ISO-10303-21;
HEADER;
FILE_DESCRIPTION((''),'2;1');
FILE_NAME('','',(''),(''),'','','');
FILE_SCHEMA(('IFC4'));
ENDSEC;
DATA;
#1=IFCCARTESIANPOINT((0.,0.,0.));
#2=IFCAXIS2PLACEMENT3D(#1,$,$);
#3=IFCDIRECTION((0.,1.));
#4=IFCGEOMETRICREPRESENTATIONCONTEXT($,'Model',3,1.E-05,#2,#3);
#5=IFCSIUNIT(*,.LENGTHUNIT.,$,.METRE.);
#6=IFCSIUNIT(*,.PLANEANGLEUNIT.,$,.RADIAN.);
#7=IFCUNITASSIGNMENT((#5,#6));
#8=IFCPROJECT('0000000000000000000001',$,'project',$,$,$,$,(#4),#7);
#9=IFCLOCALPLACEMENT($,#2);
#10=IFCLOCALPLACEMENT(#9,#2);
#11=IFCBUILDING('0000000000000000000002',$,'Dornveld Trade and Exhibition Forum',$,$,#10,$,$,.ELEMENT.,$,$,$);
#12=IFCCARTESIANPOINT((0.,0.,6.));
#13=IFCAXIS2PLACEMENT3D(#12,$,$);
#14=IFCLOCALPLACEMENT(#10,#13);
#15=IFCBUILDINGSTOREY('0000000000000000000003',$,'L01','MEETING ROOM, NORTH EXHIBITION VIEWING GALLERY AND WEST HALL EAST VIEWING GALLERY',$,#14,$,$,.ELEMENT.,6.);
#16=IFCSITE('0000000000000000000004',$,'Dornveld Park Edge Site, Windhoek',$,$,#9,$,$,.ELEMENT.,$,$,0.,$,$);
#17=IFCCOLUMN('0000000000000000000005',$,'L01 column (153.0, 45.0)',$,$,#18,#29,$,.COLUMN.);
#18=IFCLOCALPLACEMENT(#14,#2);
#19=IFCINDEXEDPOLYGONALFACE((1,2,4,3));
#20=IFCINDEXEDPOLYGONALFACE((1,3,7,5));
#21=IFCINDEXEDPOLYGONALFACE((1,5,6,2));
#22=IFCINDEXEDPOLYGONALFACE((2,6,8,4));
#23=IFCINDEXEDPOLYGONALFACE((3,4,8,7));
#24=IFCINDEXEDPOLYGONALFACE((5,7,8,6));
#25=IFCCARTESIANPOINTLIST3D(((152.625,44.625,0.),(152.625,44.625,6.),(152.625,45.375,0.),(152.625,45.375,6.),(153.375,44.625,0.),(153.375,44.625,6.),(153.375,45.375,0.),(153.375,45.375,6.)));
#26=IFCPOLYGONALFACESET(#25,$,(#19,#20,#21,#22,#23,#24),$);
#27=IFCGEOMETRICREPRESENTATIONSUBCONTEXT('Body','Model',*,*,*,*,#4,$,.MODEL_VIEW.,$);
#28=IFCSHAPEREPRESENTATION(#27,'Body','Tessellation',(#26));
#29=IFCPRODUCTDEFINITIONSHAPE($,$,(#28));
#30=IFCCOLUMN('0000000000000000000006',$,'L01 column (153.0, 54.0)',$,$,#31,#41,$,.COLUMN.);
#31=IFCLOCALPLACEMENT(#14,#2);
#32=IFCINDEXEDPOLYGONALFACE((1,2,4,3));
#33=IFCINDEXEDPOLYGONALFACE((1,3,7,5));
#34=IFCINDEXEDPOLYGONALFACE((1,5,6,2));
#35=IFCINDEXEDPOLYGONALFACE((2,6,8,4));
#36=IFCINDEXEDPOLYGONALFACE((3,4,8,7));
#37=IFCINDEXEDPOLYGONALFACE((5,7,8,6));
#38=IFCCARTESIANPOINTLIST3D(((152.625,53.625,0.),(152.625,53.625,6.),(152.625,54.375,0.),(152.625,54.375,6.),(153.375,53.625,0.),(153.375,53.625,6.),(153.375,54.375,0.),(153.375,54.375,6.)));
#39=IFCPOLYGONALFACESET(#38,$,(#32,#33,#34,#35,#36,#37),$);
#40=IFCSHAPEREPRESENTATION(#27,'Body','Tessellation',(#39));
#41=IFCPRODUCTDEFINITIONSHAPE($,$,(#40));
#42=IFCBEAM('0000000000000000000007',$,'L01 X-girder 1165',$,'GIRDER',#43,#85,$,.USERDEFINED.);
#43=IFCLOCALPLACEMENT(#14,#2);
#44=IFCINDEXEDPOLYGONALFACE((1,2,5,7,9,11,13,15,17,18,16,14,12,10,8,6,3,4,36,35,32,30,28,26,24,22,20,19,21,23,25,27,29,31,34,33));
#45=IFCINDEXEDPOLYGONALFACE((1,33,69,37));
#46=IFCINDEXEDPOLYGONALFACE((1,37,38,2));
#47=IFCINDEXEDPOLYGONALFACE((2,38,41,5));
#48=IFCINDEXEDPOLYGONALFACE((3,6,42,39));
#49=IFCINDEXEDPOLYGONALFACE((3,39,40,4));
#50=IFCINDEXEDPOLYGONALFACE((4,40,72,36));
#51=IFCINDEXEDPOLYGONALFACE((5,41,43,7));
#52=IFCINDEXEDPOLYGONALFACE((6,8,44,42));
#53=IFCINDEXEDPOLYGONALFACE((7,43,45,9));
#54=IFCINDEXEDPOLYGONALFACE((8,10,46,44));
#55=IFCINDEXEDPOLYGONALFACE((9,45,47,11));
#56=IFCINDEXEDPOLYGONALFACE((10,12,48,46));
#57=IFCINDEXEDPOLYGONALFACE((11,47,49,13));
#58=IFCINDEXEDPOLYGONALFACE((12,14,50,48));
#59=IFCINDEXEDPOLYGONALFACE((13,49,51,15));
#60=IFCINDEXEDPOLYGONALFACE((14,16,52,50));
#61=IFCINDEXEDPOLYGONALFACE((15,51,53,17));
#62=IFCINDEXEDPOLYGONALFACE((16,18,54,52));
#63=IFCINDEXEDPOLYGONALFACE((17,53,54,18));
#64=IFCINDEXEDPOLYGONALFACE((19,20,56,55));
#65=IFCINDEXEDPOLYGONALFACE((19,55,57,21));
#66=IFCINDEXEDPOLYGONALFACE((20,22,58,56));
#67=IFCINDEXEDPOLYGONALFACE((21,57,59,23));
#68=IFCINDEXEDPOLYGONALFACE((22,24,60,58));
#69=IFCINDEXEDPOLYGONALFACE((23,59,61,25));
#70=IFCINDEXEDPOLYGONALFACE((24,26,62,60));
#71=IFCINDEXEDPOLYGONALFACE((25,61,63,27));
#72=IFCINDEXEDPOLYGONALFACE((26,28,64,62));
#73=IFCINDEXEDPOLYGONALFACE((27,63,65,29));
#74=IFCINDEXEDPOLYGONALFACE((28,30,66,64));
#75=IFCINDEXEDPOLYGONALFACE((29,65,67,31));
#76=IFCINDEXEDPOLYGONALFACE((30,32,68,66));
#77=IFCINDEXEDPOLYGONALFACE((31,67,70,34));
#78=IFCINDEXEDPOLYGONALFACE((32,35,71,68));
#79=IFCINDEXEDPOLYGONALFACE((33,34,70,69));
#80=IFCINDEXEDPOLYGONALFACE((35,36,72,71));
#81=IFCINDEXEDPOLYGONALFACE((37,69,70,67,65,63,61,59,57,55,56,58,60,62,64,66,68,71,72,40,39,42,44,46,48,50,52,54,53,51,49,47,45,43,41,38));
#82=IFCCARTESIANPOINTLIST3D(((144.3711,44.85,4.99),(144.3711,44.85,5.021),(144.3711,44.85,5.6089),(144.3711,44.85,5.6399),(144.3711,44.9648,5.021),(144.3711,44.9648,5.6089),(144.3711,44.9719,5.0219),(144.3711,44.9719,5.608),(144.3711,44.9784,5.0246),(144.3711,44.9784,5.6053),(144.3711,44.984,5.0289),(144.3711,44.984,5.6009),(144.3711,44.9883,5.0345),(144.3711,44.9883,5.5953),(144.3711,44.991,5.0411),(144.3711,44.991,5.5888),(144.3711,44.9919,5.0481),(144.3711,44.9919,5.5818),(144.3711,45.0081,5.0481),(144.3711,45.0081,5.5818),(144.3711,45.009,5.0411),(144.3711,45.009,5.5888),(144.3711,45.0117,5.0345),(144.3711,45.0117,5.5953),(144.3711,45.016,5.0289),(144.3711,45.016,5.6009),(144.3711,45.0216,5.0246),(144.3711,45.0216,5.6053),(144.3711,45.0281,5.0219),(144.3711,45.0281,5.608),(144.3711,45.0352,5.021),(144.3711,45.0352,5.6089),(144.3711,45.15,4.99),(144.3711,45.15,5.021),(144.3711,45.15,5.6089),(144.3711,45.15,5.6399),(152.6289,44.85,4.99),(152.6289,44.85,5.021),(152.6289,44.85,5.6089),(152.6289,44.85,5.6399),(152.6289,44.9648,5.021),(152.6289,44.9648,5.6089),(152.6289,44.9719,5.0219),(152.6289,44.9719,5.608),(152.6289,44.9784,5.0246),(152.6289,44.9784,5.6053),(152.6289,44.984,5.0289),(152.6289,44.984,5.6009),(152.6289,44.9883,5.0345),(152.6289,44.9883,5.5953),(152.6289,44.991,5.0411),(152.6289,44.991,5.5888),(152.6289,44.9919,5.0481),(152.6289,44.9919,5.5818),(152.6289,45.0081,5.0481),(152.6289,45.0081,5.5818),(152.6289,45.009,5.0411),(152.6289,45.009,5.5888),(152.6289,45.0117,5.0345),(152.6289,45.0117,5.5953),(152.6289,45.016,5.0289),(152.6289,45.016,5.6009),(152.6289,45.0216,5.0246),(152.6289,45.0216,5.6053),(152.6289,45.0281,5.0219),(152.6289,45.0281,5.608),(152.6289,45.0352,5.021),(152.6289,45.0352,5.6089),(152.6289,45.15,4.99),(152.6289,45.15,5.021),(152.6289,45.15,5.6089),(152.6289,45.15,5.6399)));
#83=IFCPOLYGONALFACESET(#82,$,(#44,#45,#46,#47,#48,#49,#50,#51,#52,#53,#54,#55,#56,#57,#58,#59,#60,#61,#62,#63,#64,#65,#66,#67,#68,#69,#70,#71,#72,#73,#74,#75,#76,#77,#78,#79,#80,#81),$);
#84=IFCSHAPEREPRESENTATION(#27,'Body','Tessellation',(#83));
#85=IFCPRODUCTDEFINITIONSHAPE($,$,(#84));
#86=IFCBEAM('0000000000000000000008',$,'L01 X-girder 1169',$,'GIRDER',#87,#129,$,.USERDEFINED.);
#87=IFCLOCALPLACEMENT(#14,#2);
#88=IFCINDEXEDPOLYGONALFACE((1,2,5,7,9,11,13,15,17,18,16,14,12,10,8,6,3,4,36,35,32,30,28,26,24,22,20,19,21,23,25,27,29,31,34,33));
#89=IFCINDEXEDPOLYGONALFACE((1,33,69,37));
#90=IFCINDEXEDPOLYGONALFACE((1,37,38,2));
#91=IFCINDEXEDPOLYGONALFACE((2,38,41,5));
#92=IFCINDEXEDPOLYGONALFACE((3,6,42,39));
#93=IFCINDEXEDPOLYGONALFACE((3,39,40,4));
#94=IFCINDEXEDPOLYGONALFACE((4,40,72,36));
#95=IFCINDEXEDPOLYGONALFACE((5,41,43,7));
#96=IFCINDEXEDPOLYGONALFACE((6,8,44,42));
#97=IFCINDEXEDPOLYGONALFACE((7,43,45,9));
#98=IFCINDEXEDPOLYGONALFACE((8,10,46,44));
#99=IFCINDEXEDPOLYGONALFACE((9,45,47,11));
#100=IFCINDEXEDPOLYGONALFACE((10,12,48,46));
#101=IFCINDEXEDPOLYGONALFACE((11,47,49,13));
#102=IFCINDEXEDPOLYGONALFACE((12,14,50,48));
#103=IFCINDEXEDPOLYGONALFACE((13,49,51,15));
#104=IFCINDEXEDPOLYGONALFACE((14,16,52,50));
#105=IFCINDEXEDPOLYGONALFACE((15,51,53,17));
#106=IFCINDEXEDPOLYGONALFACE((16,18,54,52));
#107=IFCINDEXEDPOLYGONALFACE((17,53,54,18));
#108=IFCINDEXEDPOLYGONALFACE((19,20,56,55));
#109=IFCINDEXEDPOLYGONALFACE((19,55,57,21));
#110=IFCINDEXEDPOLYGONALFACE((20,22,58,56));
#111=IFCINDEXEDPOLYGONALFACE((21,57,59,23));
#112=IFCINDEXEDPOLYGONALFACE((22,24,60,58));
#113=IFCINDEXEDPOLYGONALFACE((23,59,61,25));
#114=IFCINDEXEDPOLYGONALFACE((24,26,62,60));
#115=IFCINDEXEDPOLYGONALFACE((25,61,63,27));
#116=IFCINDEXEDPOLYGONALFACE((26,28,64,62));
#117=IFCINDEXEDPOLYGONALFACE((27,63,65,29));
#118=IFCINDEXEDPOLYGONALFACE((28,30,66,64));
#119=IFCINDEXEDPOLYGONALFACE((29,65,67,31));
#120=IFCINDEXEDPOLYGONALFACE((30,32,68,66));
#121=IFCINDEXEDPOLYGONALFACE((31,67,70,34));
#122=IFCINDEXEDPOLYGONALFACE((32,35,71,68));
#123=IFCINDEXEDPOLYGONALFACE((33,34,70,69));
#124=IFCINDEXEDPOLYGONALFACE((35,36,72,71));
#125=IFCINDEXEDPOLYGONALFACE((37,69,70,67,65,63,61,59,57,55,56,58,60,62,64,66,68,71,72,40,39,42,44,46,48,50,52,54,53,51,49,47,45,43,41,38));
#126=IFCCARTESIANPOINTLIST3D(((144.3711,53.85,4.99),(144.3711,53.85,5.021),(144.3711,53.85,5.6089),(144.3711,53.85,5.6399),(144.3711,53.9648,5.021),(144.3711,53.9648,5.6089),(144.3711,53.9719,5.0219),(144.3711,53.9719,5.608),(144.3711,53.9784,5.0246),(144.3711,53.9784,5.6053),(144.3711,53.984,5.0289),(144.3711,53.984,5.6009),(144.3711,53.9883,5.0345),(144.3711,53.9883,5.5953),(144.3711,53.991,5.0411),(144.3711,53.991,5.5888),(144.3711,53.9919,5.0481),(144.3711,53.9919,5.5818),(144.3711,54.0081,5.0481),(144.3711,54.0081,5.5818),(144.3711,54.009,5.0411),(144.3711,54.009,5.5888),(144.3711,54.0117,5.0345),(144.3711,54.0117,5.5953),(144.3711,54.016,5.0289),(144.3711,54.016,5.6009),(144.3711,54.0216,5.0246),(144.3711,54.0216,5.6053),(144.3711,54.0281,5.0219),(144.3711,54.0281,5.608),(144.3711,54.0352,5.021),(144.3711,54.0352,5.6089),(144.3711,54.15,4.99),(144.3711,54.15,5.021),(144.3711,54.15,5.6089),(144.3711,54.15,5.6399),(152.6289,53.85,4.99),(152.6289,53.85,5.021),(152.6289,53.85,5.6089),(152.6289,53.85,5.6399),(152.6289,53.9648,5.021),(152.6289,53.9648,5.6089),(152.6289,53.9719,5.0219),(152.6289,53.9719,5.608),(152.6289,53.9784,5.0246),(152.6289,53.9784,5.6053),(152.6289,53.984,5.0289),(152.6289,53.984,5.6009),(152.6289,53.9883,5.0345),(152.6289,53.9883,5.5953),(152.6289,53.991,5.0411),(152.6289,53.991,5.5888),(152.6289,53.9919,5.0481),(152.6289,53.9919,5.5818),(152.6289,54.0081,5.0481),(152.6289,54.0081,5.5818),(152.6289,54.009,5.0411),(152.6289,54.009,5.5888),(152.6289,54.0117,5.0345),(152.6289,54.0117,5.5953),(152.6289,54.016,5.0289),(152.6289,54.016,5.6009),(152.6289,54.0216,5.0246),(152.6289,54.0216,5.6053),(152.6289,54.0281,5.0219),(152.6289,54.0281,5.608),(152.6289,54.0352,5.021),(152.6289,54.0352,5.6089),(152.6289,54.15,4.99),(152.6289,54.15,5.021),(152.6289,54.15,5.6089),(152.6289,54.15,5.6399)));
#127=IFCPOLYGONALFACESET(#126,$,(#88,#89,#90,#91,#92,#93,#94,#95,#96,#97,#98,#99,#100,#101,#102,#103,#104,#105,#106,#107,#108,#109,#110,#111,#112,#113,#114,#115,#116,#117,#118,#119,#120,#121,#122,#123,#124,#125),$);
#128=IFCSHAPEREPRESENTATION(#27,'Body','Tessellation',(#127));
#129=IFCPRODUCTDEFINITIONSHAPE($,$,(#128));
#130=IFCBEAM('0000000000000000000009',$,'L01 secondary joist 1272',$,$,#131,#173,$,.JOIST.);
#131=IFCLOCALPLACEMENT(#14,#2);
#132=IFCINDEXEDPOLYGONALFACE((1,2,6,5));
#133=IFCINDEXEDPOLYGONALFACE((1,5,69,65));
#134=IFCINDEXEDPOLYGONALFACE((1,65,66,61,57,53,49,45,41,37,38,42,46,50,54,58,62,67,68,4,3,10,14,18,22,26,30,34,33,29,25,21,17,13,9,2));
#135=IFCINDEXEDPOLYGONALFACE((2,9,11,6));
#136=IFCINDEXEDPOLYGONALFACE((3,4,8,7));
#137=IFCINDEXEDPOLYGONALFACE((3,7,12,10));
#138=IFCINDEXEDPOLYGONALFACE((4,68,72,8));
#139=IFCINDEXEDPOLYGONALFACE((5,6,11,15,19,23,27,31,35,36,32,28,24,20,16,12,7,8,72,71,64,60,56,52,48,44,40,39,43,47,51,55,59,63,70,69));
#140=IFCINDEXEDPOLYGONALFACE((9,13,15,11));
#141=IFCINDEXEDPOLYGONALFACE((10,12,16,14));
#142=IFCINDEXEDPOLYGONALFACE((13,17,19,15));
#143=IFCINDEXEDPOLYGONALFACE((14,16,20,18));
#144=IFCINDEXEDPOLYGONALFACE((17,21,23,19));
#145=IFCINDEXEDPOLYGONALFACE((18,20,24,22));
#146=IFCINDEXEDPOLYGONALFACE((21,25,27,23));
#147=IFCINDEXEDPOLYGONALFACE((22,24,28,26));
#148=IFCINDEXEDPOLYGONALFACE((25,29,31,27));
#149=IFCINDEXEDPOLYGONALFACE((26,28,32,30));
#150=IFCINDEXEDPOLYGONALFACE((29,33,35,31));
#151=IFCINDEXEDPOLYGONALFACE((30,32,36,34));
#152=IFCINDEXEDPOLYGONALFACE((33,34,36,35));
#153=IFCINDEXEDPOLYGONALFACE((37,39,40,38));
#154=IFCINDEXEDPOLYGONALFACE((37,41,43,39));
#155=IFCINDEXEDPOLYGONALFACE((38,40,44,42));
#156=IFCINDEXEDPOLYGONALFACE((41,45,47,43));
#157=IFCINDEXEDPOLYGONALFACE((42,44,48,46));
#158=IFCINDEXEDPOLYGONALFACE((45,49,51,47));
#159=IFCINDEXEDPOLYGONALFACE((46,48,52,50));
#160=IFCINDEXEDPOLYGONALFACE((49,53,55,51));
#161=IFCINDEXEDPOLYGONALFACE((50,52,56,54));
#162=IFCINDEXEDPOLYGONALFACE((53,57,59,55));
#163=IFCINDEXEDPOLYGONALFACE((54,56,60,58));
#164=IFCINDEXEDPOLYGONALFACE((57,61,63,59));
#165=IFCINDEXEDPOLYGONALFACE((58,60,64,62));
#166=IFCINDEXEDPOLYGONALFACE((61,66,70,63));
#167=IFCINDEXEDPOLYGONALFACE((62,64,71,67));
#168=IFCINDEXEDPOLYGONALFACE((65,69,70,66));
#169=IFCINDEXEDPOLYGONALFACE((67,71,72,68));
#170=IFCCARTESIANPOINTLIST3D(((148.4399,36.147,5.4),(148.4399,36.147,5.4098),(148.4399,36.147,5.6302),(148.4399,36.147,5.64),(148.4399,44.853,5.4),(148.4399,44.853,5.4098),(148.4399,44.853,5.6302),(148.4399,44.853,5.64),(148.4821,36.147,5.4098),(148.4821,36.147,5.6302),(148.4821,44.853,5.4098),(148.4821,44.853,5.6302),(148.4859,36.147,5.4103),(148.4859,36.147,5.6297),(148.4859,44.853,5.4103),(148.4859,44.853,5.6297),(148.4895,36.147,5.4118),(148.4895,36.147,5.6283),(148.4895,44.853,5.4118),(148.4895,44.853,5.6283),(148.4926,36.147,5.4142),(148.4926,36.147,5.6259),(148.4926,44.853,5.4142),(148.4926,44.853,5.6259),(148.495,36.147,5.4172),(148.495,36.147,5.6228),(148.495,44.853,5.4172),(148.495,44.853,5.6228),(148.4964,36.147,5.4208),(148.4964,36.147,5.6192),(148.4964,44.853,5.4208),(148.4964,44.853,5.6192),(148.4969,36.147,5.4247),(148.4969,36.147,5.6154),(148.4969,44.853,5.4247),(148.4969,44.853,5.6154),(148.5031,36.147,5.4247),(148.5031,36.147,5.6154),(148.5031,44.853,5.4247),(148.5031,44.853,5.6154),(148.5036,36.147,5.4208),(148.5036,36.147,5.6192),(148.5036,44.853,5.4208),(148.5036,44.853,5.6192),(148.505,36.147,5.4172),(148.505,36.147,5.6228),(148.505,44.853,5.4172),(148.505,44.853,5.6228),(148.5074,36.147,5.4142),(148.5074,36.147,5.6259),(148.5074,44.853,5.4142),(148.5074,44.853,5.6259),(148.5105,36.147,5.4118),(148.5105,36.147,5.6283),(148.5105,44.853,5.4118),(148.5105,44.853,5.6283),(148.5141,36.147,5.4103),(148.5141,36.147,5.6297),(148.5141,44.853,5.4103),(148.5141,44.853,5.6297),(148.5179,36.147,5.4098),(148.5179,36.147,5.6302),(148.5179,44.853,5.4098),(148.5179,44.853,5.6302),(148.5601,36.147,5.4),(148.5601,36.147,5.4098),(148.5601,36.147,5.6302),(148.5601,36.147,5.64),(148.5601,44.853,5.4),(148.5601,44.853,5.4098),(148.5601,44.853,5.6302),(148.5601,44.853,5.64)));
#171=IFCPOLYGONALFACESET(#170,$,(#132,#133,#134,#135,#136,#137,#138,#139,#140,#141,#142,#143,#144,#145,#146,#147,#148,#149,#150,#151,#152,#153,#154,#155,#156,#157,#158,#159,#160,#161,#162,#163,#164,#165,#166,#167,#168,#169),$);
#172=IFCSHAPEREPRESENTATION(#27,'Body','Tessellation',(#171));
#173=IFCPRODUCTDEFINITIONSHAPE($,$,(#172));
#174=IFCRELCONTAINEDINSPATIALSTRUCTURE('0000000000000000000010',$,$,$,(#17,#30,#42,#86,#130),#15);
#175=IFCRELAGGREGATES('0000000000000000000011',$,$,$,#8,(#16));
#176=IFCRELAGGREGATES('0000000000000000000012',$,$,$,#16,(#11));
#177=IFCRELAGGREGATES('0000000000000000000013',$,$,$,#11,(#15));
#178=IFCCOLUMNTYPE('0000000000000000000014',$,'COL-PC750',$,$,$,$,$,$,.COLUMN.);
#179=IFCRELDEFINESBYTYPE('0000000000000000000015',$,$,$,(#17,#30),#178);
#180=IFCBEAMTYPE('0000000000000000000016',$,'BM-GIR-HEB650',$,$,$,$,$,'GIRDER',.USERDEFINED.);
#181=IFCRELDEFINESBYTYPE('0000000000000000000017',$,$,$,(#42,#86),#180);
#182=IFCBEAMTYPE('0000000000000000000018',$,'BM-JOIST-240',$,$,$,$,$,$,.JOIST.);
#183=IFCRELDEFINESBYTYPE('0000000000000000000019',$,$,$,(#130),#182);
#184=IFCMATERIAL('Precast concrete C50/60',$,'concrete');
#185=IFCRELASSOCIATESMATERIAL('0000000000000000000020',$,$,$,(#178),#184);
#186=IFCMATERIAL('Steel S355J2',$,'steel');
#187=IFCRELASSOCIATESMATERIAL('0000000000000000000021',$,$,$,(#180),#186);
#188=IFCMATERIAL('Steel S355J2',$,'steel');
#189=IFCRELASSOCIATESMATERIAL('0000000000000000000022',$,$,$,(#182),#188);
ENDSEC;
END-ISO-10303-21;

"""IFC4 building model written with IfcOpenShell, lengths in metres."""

from ifc_helpers import new_model, si_unit, direction, frame, origin, origin_2d, place, context, subcontext, project, spatial, rectangle, i_section, extrude, material, material_profile, profile_set, type_object, element, save


model = new_model("IFC4")

# Units and contexts
model_context = context("Model", 3, precision=1e-05, world=origin(), true_north=direction((0.0, 1.0)))
body_context = subcontext(model_context, "Body", "Model", "MODEL_VIEW")
ifc_project = project(units=[si_unit("LENGTHUNIT", "METRE"), si_unit("PLANEANGLEUNIT", "RADIAN")], contexts=[model_context])

# Site, building, storey
site_placement = place(None, origin())
site = spatial("IfcSite", under=ifc_project, at=site_placement, Name="Dornveld Park Edge Site, Windhoek", CompositionType="ELEMENT", RefElevation=0.0)
building_placement = place(site_placement, origin())
building = spatial("IfcBuilding", under=site, at=building_placement, Name="Dornveld Trade and Exhibition Forum", CompositionType="ELEMENT")
storey_placement = place(building_placement, frame((0.0, 0.0, 6.0)))
storey = spatial("IfcBuildingStorey", under=building, at=storey_placement, Name="L01", Description="MEETING ROOM, NORTH EXHIBITION VIEWING GALLERY AND WEST HALL EAST VIEWING GALLERY", CompositionType="ELEMENT", Elevation=6.0)

# Columns
ifc_material_1 = material(Name="Precast concrete C50/60", Category="concrete")
ifc_material_profile_1 = material_profile(ifc_material_1, rectangle(XDim=0.75, YDim=0.75, at=origin_2d()), Name="PC-COL 750x750")
ifc_profile_set_1 = profile_set([ifc_material_profile_1], Name="Precast concrete C50/60")
column_type = type_object("IfcColumnType", Name="COL-PC750", PredefinedType="COLUMN", material=ifc_profile_set_1)
for number, where, z_axis, x_axis, name in (
    (1, (153.0, 45.0, 0.0), (0.0, 0.0, 1.0), (1.0, 0.0, 0.0), "L01 column (153.0, 45.0)"),
    (2, (153.0, 54.0, 0.0), (0.0, 0.0, 1.0), (1.0, 0.0, 0.0), "L01 column (153.0, 54.0)"),
):
    element("IfcColumn", number, at=place(storey_placement, frame(where, z_axis=z_axis, x_axis=x_axis)), inside=storey, type_object=column_type, Name=name, PredefinedType="COLUMN", context=body_context, shape_type="SweptSolid", body=[
        extrude(rectangle(XDim=0.75, YDim=0.75, at=origin_2d()), origin(), (0.0, 0.0, 1.0), 6.0),
    ])

# Beams
ifc_material_2 = material(Name="Steel S355J2", Category="steel")
ifc_material_profile_2 = material_profile(ifc_material_2, i_section(OverallWidth=0.3, OverallDepth=0.6499, WebThickness=0.0161, FlangeThickness=0.031, FilletRadius=0.0271, at=origin_2d()), Name="HEB 650")
ifc_profile_set_2 = profile_set([ifc_material_profile_2], Name="Steel S355J2")
beam_type_1 = type_object("IfcBeamType", Name="BM-GIR-HEB650", ElementType="GIRDER", PredefinedType="USERDEFINED", material=ifc_profile_set_2)
for number, where, z_axis, x_axis, name in (
    (3, (144.3711, 45.0, 5.3149), (1.0, 0.0, 0.0), (0.0, 1.0, 0.0), "L01 X-girder 1165"),
    (4, (144.3711, 54.0, 5.3149), (1.0, 0.0, 0.0), (0.0, 1.0, 0.0), "L01 X-girder 1169"),
):
    element("IfcBeam", number, at=place(storey_placement, frame(where, z_axis=z_axis, x_axis=x_axis)), inside=storey, type_object=beam_type_1, Name=name, ObjectType="GIRDER", PredefinedType="USERDEFINED", context=body_context, shape_type="SweptSolid", body=[
        extrude(i_section(OverallWidth=0.3, OverallDepth=0.6499, WebThickness=0.0161, FlangeThickness=0.031, FilletRadius=0.0271, at=origin_2d()), origin(), (0.0, 0.0, 1.0), 8.2578),
    ])
ifc_material_3 = material(Name="Steel S355J2", Category="steel")
ifc_material_profile_3 = material_profile(ifc_material_3, i_section(OverallWidth=0.1201, OverallDepth=0.24, WebThickness=0.0061, FlangeThickness=0.0098, FilletRadius=0.0149, at=origin_2d()), Name="IPE 240")
ifc_profile_set_3 = profile_set([ifc_material_profile_3], Name="Steel S355J2")
beam_type_2 = type_object("IfcBeamType", Name="BM-JOIST-240", PredefinedType="JOIST", material=ifc_profile_set_3)
for number, where, z_axis, x_axis, name in (
    (5, (148.5, 36.147, 5.52), (0.0, 1.0, 0.0), (-1.0, 0.0, 0.0), "L01 secondary joist 1272"),
):
    element("IfcBeam", number, at=place(storey_placement, frame(where, z_axis=z_axis, x_axis=x_axis)), inside=storey, type_object=beam_type_2, Name=name, PredefinedType="JOIST", context=body_context, shape_type="SweptSolid", body=[
        extrude(i_section(OverallWidth=0.1201, OverallDepth=0.24, WebThickness=0.0061, FlangeThickness=0.0098, FilletRadius=0.0149, at=origin_2d()), origin(), (0.0, 0.0, 1.0), 8.7061),
    ])

save(model, "model.ifc")
